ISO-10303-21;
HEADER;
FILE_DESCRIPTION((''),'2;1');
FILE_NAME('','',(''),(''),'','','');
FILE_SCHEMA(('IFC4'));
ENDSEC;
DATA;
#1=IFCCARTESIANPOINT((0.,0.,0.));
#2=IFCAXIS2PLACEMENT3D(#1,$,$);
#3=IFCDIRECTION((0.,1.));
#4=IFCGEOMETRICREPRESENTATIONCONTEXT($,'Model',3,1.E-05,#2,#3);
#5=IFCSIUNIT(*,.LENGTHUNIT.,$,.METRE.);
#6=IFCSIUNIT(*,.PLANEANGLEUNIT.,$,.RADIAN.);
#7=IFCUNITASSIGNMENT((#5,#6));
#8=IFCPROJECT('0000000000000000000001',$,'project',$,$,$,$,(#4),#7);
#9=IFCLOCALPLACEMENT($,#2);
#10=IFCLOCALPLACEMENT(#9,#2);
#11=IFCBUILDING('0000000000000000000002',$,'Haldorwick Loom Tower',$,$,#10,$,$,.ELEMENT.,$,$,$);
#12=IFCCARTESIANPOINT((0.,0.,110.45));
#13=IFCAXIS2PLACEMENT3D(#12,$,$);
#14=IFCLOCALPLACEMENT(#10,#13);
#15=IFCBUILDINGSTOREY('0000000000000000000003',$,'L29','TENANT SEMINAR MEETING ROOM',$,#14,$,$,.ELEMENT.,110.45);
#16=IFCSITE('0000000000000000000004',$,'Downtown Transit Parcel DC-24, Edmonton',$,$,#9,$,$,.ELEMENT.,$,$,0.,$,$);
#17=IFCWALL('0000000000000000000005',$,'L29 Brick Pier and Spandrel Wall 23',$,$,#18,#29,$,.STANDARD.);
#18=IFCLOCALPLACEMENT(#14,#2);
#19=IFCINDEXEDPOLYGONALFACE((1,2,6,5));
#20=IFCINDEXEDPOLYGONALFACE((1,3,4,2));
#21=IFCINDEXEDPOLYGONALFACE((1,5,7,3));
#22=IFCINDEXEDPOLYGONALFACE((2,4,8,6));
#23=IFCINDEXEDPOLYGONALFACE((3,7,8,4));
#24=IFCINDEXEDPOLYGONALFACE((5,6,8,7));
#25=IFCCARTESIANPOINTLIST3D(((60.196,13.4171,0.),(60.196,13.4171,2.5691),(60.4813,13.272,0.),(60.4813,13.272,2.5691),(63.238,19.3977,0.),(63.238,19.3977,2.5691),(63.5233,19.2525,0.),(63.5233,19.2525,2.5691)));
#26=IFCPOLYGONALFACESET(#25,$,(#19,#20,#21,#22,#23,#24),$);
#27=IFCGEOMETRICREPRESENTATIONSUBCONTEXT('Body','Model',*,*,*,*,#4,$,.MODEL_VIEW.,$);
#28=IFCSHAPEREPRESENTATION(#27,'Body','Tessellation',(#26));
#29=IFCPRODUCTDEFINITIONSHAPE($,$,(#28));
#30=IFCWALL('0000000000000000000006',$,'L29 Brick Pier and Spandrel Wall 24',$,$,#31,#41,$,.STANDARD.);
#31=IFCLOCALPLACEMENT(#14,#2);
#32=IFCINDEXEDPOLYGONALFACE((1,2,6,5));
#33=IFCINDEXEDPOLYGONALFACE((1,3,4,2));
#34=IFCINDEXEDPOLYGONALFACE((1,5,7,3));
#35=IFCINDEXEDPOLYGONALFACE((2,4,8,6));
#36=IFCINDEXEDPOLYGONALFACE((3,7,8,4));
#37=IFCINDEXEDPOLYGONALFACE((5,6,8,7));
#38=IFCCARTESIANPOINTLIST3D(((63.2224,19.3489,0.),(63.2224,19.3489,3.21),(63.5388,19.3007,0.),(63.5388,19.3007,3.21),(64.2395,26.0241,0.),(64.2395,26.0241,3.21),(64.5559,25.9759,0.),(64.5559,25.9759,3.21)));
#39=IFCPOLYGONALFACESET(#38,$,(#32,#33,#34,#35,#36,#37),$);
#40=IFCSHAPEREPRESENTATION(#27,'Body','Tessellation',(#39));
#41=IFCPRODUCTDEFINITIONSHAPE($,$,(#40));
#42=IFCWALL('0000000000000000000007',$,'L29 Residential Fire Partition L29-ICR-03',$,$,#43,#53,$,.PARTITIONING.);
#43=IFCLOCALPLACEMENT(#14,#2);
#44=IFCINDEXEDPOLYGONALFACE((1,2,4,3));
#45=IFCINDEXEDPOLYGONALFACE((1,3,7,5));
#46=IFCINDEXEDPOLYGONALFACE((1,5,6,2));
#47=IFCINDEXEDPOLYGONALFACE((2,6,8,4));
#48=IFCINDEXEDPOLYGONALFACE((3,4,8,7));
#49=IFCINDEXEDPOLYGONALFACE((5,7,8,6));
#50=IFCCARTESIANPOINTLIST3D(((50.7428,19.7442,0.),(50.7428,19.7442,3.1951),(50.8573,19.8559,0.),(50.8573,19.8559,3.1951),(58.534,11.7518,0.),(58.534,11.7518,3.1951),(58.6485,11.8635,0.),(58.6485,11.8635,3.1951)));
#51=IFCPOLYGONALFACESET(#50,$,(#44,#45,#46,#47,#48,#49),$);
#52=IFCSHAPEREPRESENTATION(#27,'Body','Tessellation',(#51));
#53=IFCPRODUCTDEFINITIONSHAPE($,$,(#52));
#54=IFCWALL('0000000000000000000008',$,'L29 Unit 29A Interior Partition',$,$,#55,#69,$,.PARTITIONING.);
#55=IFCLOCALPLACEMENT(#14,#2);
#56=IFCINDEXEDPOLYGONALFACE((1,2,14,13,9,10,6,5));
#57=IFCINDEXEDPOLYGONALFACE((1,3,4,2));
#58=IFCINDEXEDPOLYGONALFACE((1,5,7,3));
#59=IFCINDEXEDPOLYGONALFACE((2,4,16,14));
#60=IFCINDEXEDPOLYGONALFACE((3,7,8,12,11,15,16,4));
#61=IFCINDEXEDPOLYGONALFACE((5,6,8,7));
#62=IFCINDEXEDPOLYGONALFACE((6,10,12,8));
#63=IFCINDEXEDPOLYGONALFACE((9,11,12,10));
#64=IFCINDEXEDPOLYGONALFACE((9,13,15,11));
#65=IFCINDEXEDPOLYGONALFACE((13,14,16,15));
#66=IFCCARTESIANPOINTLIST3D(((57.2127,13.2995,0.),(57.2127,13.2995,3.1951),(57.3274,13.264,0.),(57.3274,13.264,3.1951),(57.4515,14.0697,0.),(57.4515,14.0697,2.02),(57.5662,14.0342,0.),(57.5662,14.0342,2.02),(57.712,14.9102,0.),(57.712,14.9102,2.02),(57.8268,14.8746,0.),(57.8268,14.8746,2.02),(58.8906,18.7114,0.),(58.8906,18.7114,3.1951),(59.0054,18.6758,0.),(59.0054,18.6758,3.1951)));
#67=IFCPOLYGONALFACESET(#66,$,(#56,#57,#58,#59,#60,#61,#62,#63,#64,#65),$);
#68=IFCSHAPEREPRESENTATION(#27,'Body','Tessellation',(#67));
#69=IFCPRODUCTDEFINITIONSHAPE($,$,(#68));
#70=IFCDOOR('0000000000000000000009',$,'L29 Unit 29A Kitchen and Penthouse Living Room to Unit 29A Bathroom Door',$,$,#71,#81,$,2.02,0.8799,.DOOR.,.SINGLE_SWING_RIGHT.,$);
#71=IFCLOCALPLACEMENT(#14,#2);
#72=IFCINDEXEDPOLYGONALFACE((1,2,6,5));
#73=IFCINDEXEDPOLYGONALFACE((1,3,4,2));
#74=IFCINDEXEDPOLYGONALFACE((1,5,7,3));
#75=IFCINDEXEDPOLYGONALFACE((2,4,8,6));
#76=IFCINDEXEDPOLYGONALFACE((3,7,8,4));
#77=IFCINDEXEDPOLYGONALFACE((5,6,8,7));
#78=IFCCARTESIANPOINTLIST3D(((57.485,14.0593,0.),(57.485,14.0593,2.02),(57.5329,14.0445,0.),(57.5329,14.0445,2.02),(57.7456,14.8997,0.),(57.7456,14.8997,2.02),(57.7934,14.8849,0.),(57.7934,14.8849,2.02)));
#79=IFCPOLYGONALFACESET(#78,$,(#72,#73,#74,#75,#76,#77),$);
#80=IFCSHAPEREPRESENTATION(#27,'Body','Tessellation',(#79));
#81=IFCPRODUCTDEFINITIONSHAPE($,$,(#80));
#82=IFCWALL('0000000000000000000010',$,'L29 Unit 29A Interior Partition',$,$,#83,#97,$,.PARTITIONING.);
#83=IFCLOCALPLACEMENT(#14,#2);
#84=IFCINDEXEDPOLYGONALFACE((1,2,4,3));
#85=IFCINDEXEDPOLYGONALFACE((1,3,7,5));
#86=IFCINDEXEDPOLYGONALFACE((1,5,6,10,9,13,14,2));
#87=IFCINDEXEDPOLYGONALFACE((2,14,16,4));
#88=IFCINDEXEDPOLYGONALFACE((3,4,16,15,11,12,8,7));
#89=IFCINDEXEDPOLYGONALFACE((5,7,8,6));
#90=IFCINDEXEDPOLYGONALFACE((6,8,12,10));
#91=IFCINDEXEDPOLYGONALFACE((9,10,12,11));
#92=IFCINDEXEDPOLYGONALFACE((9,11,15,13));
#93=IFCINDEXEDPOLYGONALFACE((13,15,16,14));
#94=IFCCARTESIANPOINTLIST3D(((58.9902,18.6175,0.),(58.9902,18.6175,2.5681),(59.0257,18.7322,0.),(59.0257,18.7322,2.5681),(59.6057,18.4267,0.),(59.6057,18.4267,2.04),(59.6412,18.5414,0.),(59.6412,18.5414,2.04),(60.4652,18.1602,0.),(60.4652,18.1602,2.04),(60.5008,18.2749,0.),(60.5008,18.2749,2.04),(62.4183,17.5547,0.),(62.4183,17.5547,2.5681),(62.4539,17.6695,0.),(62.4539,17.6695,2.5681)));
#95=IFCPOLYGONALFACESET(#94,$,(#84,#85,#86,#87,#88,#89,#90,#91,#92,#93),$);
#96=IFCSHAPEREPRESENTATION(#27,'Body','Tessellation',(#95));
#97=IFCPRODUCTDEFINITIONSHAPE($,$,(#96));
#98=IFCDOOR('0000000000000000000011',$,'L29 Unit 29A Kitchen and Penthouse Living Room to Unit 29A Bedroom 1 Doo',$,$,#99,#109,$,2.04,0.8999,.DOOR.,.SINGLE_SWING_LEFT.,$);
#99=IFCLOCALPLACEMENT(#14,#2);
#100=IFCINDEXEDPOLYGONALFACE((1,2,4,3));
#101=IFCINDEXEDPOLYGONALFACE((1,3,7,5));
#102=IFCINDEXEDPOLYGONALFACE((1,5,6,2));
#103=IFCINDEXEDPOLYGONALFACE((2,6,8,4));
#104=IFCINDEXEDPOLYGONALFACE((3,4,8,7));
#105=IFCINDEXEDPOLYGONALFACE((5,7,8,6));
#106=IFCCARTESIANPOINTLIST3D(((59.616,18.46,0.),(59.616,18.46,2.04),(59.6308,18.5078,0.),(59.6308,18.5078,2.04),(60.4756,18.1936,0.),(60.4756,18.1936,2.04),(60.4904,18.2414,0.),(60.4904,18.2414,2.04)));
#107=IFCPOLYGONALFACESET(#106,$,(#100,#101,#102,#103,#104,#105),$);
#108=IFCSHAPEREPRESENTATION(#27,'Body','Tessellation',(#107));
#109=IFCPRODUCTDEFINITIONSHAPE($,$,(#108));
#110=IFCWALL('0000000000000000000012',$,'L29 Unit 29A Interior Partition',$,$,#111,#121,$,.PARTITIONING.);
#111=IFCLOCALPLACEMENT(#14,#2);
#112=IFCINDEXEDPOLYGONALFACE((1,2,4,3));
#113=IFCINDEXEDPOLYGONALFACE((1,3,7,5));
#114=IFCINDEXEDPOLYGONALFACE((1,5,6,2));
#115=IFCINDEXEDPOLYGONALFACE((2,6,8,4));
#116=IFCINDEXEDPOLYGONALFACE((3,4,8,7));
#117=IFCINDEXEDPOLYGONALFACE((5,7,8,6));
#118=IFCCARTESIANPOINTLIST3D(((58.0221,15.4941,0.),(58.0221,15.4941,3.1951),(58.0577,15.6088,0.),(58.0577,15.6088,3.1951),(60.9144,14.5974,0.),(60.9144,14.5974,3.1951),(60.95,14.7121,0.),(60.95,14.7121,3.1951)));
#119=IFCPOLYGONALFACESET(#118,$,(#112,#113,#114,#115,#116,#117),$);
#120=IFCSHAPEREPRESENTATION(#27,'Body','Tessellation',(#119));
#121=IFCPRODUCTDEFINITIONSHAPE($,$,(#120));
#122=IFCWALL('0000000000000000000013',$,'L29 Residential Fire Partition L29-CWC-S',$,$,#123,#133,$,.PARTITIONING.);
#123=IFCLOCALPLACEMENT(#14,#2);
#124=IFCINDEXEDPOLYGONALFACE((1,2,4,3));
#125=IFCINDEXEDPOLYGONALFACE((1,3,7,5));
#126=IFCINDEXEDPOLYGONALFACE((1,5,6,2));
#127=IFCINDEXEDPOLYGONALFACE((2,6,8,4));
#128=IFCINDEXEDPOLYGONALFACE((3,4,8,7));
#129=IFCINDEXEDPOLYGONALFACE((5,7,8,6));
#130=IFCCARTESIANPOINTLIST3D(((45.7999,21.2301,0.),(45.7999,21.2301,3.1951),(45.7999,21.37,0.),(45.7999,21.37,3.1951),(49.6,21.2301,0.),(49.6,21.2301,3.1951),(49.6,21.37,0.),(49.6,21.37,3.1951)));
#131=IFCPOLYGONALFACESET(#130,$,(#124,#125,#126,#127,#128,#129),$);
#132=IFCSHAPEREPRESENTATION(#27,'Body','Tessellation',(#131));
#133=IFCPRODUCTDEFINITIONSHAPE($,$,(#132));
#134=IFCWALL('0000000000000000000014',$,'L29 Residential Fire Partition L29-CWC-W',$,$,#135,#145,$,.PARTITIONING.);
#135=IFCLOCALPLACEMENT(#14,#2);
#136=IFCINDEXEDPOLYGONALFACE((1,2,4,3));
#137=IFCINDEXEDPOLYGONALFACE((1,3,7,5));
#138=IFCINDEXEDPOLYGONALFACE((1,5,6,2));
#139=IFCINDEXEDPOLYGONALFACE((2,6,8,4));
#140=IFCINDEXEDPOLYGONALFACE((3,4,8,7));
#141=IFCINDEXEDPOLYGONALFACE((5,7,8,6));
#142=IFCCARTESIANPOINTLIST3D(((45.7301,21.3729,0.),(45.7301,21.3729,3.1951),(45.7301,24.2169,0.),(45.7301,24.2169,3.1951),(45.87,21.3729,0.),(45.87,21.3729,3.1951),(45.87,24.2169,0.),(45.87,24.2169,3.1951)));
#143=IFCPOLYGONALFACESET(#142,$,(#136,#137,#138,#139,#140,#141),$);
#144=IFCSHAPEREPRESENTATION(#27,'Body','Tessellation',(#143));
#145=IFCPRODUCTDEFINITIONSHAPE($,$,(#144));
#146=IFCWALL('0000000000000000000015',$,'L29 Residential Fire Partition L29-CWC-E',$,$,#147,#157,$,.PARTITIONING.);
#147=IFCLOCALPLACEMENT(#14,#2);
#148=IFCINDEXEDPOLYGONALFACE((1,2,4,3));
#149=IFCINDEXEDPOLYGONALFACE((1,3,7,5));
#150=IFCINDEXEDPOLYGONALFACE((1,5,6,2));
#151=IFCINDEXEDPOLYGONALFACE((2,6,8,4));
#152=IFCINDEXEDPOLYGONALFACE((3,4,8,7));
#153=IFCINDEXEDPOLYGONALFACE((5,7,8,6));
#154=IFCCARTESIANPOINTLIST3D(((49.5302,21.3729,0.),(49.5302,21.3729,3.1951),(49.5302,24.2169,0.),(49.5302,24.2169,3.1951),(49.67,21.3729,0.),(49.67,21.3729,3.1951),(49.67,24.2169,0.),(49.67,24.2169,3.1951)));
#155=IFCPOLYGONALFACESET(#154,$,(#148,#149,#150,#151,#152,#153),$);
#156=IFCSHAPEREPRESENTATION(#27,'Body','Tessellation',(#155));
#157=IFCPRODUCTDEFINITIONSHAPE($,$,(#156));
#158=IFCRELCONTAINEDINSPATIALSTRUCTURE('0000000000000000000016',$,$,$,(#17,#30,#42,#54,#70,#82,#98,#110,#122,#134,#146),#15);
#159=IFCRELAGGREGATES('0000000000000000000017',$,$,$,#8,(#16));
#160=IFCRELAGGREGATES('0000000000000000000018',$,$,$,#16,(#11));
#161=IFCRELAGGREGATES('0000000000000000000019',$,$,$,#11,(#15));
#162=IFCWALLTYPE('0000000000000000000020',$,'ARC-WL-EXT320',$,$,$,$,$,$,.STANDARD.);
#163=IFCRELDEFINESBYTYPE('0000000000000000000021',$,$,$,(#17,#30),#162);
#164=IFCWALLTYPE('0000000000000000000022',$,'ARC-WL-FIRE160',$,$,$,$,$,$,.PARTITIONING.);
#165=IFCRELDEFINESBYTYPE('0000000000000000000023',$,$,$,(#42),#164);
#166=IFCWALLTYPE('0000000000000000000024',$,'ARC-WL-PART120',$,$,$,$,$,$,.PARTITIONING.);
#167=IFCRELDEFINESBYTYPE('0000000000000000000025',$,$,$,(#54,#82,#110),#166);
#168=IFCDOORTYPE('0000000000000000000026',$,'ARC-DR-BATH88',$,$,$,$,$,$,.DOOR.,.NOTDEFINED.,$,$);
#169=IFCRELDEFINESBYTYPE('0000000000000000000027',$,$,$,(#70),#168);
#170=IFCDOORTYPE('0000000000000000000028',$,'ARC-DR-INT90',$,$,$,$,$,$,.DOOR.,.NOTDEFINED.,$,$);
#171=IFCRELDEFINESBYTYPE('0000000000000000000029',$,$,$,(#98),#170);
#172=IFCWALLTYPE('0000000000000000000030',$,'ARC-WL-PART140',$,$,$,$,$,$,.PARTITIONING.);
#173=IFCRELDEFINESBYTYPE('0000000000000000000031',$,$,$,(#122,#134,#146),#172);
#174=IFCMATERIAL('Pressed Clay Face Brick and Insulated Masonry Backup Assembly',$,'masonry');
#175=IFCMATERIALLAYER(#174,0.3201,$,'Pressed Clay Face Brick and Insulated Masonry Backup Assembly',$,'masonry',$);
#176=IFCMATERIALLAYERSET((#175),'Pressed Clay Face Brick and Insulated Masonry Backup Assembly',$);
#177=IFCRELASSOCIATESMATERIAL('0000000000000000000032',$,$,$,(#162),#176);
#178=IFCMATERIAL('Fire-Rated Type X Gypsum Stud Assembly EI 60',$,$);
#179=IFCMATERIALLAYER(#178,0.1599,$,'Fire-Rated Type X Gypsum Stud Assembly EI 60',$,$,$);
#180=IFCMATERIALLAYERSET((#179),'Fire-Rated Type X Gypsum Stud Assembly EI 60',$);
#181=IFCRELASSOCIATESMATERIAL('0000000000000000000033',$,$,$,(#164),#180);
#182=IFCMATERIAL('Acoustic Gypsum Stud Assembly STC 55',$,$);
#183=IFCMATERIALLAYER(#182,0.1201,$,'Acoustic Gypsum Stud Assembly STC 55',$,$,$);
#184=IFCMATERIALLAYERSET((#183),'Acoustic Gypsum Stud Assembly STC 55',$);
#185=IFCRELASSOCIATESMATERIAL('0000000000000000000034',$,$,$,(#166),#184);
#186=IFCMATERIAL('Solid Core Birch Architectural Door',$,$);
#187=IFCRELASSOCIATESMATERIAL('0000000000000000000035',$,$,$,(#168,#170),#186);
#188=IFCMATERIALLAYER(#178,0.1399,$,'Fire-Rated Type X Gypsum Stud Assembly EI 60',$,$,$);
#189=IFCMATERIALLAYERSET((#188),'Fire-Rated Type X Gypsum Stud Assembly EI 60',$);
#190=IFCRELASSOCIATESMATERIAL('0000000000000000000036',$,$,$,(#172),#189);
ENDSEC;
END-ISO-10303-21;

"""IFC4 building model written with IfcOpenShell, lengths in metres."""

from ifc_helpers import new_model, si_unit, direction, frame, frame_2d, origin, place, context, subcontext, project, spatial, rectangle, extrude, material, layer, layer_set, type_object, element, fill, save


model = new_model("IFC4")

# Units and contexts
model_context = context("Model", 3, precision=1e-05, world=origin(), true_north=direction((0.0, 1.0)))
body_context = subcontext(model_context, "Body", "Model", "MODEL_VIEW")
ifc_project = project(units=[si_unit("LENGTHUNIT", "METRE"), si_unit("PLANEANGLEUNIT", "RADIAN")], contexts=[model_context])

# Site, building, storey
site_placement = place(None, origin())
site = spatial("IfcSite", under=ifc_project, at=site_placement, Name="Downtown Transit Parcel DC-24, Edmonton", CompositionType="ELEMENT", RefElevation=0.0)
building_placement = place(site_placement, origin())
building = spatial("IfcBuilding", under=site, at=building_placement, Name="Haldorwick Loom Tower", CompositionType="ELEMENT")
storey_placement = place(building_placement, frame((0.0, 0.0, 110.45)))
storey = spatial("IfcBuildingStorey", under=building, at=storey_placement, Name="L29", Description="TENANT SEMINAR MEETING ROOM", CompositionType="ELEMENT", Elevation=110.45)

# Shared definitions
ifc_material_1 = material(Name="Pressed Clay Face Brick and Insulated Masonry Backup Assembly", Category="masonry")
ifc_layer_1 = layer(ifc_material_1, 0.3201, Name="Pressed Clay Face Brick and Insulated Masonry Backup Assembly", Category="masonry")
ifc_layer_set_1 = layer_set([ifc_layer_1], Name="Pressed Clay Face Brick and Insulated Masonry Backup Assembly")
wall_type_1 = type_object("IfcWallType", Name="ARC-WL-EXT320", PredefinedType="STANDARD", material=ifc_layer_set_1)

# Walls
wall_1_placement = place(storey_placement, frame((60.3386, 13.3445, 0.0), z_axis=(0.0, 0.0, 1.0), x_axis=(0.453374, 0.89132, 0.0)))
element("IfcWall", 1, at=wall_1_placement, inside=storey, type_object=wall_type_1, Name="L29 Brick Pier and Spandrel Wall 23", PredefinedType="STANDARD", context=body_context, shape_type="SweptSolid", body=[
    extrude(rectangle(XDim=6.7097, YDim=0.3201, at=frame_2d((3.355, 0.0))), origin(), (0.0, 0.0, 1.0), 2.5691),
])
wall_2_placement = place(storey_placement, frame((63.3806, 19.325, 0.0), z_axis=(0.0, 0.0, 1.0), x_axis=(0.150633, 0.98859, 0.0)))
element("IfcWall", 2, at=wall_2_placement, inside=storey, type_object=wall_type_1, Name="L29 Brick Pier and Spandrel Wall 24", PredefinedType="STANDARD", context=body_context, shape_type="SweptSolid", body=[
    extrude(rectangle(XDim=6.7522, YDim=0.3201, at=frame_2d((3.376, 0.0))), origin(), (0.0, 0.0, 1.0), 3.21),
])
ifc_material_2 = material(Name="Fire-Rated Type X Gypsum Stud Assembly EI 60")
ifc_layer_2 = layer(ifc_material_2, 0.1599, Name="Fire-Rated Type X Gypsum Stud Assembly EI 60")
ifc_layer_set_2 = layer_set([ifc_layer_2], Name="Fire-Rated Type X Gypsum Stud Assembly EI 60")
wall_type_2 = type_object("IfcWallType", Name="ARC-WL-FIRE160", PredefinedType="PARTITIONING", material=ifc_layer_set_2)
wall_3_placement = place(storey_placement, frame((50.8, 19.8, 0.0), z_axis=(0.0, 0.0, 1.0), x_axis=(0.698038, -0.716061, 0.0)))
element("IfcWall", 3, at=wall_3_placement, inside=storey, type_object=wall_type_2, Name="L29 Residential Fire Partition L29-ICR-03", PredefinedType="PARTITIONING", context=body_context, shape_type="SweptSolid", body=[
    extrude(rectangle(XDim=11.1616, YDim=0.1599, at=frame_2d((5.5808, 0.0))), origin(), (0.0, 0.0, 1.0), 3.1951),
])

# Walls, openings, doors
ifc_material_3 = material(Name="Acoustic Gypsum Stud Assembly STC 55")
ifc_layer_3 = layer(ifc_material_3, 0.1201, Name="Acoustic Gypsum Stud Assembly STC 55")
ifc_layer_set_3 = layer_set([ifc_layer_3], Name="Acoustic Gypsum Stud Assembly STC 55")
wall_type_3 = type_object("IfcWallType", Name="ARC-WL-PART120", PredefinedType="PARTITIONING", material=ifc_layer_set_3)
wall_4_placement = place(storey_placement, frame((57.27, 13.2817, 0.0), z_axis=(0.0, 0.0, 1.0), x_axis=(0.296147, 0.955142, 0.0)))
wall_4 = element("IfcWall", 4, at=wall_4_placement, inside=storey, type_object=wall_type_3, Name="L29 Unit 29A Interior Partition", PredefinedType="PARTITIONING", context=body_context, shape_type="SweptSolid", body=[
    extrude(rectangle(XDim=5.666, YDim=0.1201, at=frame_2d((2.833, 0.0))), origin(), (0.0, 0.0, 1.0), 3.1951),
])
opening_1_placement = place(wall_4_placement, frame((0.8064, 0.0, 0.0)))
opening_1 = element("IfcOpeningElement", 5, at=opening_1_placement, cuts=wall_4, PredefinedType="OPENING", context=body_context, shape_type="SweptSolid", body=[
    extrude(rectangle(XDim=0.8799, YDim=2.02, at=frame_2d((0.4399, 1.01))), frame((0.0, 0.0701, 0.0), z_axis=(0.0, -1.0, 0.0), x_axis=(1.0, 0.0, 0.0)), (0.0, 0.0, 1.0), 0.1401),
])
ifc_material_4 = material(Name="Solid Core Birch Architectural Door")
door_type_1 = type_object("IfcDoorType", Name="ARC-DR-BATH88", OperationType="NOTDEFINED", PredefinedType="DOOR", material=ifc_material_4)
door_1_placement = place(opening_1_placement, origin())
door_1 = element("IfcDoor", 6, at=door_1_placement, inside=storey, type_object=door_type_1, Name="L29 Unit 29A Kitchen and Penthouse Living Room to Unit 29A Bathroom Door", OperationType="SINGLE_SWING_RIGHT", OverallHeight=2.02, OverallWidth=0.8799, PredefinedType="DOOR", context=body_context, shape_type="SweptSolid", body=[
    extrude(rectangle(XDim=0.8799, YDim=2.02, at=frame_2d((0.4399, 1.01))), frame((0.0, 0.0249, 0.0), z_axis=(0.0, -1.0, 0.0), x_axis=(1.0, 0.0, 0.0)), (0.0, 0.0, 1.0), 0.05),
])
fill(opening_1, door_1)
wall_5_placement = place(storey_placement, frame((59.0081, 18.6748, 0.0), z_axis=(0.0, 0.0, 1.0), x_axis=(0.955158, -0.296098, 0.0)))
wall_5 = element("IfcWall", 7, at=wall_5_placement, inside=storey, type_object=wall_type_3, Name="L29 Unit 29A Interior Partition", PredefinedType="PARTITIONING", context=body_context, shape_type="SweptSolid", body=[
    extrude(rectangle(XDim=3.5891, YDim=0.1201, at=frame_2d((1.7944, 0.0))), origin(), (0.0, 0.0, 1.0), 2.5681),
])
opening_2_placement = place(wall_5_placement, frame((0.6443, 0.0, 0.0)))
opening_2 = element("IfcOpeningElement", 8, at=opening_2_placement, cuts=wall_5, PredefinedType="OPENING", context=body_context, shape_type="SweptSolid", body=[
    extrude(rectangle(XDim=0.8999, YDim=2.04, at=frame_2d((0.45, 1.02))), frame((0.0, 0.0701, 0.0), z_axis=(0.0, -1.0, 0.0), x_axis=(1.0, 0.0, 0.0)), (0.0, 0.0, 1.0), 0.1401),
])
door_type_2 = type_object("IfcDoorType", Name="ARC-DR-INT90", OperationType="NOTDEFINED", PredefinedType="DOOR", material=ifc_material_4)
door_2_placement = place(opening_2_placement, origin())
door_2 = element("IfcDoor", 9, at=door_2_placement, inside=storey, type_object=door_type_2, Name="L29 Unit 29A Kitchen and Penthouse Living Room to Unit 29A Bedroom 1 Doo", OperationType="SINGLE_SWING_LEFT", OverallHeight=2.04, OverallWidth=0.8999, PredefinedType="DOOR", context=body_context, shape_type="SweptSolid", body=[
    extrude(rectangle(XDim=0.8999, YDim=2.04, at=frame_2d((0.45, 1.02))), frame((0.0, 0.0249, 0.0), z_axis=(0.0, -1.0, 0.0), x_axis=(1.0, 0.0, 0.0)), (0.0, 0.0, 1.0), 0.05),
])
fill(opening_2, door_2)

# Walls
wall_6_placement = place(storey_placement, frame((58.0398, 15.5515, 0.0), z_axis=(0.0, 0.0, 1.0), x_axis=(0.955148, -0.29613, 0.0)))
element("IfcWall", 10, at=wall_6_placement, inside=storey, type_object=wall_type_3, Name="L29 Unit 29A Interior Partition", PredefinedType="PARTITIONING", context=body_context, shape_type="SweptSolid", body=[
    extrude(rectangle(XDim=3.0281, YDim=0.1201, at=frame_2d((1.5142, 0.0))), origin(), (0.0, 0.0, 1.0), 3.1951),
])
ifc_layer_4 = layer(ifc_material_2, 0.1399, Name="Fire-Rated Type X Gypsum Stud Assembly EI 60")
ifc_layer_set_4 = layer_set([ifc_layer_4], Name="Fire-Rated Type X Gypsum Stud Assembly EI 60")
wall_type_4 = type_object("IfcWallType", Name="ARC-WL-PART140", PredefinedType="PARTITIONING", material=ifc_layer_set_4)
wall_7_placement = place(storey_placement, frame((45.8, 21.3, 0.0), z_axis=(0.0, 0.0, 1.0), x_axis=(1.0, 0.0, 0.0)))
element("IfcWall", 11, at=wall_7_placement, inside=storey, type_object=wall_type_4, Name="L29 Residential Fire Partition L29-CWC-S", PredefinedType="PARTITIONING", context=body_context, shape_type="SweptSolid", body=[
    extrude(rectangle(XDim=3.8, YDim=0.1399, at=frame_2d((1.8999, 0.0))), origin(), (0.0, 0.0, 1.0), 3.1951),
])
for number, where, z_axis, x_axis, name in (
    (12, (45.8, 21.373, 0.0), (0.0, 0.0, 1.0), (0.0, 1.0, 0.0), "L29 Residential Fire Partition L29-CWC-W"),
    (13, (49.6001, 21.373, 0.0), (0.0, 0.0, 1.0), (0.0, 1.0, 0.0), "L29 Residential Fire Partition L29-CWC-E"),
):
    element("IfcWall", number, at=place(storey_placement, frame(where, z_axis=z_axis, x_axis=x_axis)), inside=storey, type_object=wall_type_4, Name=name, PredefinedType="PARTITIONING", context=body_context, shape_type="SweptSolid", body=[
        extrude(rectangle(XDim=2.844, YDim=0.1399, at=frame_2d((1.4219, 0.0))), origin(), (0.0, 0.0, 1.0), 3.1951),
    ])

save(model, "model.ifc")
